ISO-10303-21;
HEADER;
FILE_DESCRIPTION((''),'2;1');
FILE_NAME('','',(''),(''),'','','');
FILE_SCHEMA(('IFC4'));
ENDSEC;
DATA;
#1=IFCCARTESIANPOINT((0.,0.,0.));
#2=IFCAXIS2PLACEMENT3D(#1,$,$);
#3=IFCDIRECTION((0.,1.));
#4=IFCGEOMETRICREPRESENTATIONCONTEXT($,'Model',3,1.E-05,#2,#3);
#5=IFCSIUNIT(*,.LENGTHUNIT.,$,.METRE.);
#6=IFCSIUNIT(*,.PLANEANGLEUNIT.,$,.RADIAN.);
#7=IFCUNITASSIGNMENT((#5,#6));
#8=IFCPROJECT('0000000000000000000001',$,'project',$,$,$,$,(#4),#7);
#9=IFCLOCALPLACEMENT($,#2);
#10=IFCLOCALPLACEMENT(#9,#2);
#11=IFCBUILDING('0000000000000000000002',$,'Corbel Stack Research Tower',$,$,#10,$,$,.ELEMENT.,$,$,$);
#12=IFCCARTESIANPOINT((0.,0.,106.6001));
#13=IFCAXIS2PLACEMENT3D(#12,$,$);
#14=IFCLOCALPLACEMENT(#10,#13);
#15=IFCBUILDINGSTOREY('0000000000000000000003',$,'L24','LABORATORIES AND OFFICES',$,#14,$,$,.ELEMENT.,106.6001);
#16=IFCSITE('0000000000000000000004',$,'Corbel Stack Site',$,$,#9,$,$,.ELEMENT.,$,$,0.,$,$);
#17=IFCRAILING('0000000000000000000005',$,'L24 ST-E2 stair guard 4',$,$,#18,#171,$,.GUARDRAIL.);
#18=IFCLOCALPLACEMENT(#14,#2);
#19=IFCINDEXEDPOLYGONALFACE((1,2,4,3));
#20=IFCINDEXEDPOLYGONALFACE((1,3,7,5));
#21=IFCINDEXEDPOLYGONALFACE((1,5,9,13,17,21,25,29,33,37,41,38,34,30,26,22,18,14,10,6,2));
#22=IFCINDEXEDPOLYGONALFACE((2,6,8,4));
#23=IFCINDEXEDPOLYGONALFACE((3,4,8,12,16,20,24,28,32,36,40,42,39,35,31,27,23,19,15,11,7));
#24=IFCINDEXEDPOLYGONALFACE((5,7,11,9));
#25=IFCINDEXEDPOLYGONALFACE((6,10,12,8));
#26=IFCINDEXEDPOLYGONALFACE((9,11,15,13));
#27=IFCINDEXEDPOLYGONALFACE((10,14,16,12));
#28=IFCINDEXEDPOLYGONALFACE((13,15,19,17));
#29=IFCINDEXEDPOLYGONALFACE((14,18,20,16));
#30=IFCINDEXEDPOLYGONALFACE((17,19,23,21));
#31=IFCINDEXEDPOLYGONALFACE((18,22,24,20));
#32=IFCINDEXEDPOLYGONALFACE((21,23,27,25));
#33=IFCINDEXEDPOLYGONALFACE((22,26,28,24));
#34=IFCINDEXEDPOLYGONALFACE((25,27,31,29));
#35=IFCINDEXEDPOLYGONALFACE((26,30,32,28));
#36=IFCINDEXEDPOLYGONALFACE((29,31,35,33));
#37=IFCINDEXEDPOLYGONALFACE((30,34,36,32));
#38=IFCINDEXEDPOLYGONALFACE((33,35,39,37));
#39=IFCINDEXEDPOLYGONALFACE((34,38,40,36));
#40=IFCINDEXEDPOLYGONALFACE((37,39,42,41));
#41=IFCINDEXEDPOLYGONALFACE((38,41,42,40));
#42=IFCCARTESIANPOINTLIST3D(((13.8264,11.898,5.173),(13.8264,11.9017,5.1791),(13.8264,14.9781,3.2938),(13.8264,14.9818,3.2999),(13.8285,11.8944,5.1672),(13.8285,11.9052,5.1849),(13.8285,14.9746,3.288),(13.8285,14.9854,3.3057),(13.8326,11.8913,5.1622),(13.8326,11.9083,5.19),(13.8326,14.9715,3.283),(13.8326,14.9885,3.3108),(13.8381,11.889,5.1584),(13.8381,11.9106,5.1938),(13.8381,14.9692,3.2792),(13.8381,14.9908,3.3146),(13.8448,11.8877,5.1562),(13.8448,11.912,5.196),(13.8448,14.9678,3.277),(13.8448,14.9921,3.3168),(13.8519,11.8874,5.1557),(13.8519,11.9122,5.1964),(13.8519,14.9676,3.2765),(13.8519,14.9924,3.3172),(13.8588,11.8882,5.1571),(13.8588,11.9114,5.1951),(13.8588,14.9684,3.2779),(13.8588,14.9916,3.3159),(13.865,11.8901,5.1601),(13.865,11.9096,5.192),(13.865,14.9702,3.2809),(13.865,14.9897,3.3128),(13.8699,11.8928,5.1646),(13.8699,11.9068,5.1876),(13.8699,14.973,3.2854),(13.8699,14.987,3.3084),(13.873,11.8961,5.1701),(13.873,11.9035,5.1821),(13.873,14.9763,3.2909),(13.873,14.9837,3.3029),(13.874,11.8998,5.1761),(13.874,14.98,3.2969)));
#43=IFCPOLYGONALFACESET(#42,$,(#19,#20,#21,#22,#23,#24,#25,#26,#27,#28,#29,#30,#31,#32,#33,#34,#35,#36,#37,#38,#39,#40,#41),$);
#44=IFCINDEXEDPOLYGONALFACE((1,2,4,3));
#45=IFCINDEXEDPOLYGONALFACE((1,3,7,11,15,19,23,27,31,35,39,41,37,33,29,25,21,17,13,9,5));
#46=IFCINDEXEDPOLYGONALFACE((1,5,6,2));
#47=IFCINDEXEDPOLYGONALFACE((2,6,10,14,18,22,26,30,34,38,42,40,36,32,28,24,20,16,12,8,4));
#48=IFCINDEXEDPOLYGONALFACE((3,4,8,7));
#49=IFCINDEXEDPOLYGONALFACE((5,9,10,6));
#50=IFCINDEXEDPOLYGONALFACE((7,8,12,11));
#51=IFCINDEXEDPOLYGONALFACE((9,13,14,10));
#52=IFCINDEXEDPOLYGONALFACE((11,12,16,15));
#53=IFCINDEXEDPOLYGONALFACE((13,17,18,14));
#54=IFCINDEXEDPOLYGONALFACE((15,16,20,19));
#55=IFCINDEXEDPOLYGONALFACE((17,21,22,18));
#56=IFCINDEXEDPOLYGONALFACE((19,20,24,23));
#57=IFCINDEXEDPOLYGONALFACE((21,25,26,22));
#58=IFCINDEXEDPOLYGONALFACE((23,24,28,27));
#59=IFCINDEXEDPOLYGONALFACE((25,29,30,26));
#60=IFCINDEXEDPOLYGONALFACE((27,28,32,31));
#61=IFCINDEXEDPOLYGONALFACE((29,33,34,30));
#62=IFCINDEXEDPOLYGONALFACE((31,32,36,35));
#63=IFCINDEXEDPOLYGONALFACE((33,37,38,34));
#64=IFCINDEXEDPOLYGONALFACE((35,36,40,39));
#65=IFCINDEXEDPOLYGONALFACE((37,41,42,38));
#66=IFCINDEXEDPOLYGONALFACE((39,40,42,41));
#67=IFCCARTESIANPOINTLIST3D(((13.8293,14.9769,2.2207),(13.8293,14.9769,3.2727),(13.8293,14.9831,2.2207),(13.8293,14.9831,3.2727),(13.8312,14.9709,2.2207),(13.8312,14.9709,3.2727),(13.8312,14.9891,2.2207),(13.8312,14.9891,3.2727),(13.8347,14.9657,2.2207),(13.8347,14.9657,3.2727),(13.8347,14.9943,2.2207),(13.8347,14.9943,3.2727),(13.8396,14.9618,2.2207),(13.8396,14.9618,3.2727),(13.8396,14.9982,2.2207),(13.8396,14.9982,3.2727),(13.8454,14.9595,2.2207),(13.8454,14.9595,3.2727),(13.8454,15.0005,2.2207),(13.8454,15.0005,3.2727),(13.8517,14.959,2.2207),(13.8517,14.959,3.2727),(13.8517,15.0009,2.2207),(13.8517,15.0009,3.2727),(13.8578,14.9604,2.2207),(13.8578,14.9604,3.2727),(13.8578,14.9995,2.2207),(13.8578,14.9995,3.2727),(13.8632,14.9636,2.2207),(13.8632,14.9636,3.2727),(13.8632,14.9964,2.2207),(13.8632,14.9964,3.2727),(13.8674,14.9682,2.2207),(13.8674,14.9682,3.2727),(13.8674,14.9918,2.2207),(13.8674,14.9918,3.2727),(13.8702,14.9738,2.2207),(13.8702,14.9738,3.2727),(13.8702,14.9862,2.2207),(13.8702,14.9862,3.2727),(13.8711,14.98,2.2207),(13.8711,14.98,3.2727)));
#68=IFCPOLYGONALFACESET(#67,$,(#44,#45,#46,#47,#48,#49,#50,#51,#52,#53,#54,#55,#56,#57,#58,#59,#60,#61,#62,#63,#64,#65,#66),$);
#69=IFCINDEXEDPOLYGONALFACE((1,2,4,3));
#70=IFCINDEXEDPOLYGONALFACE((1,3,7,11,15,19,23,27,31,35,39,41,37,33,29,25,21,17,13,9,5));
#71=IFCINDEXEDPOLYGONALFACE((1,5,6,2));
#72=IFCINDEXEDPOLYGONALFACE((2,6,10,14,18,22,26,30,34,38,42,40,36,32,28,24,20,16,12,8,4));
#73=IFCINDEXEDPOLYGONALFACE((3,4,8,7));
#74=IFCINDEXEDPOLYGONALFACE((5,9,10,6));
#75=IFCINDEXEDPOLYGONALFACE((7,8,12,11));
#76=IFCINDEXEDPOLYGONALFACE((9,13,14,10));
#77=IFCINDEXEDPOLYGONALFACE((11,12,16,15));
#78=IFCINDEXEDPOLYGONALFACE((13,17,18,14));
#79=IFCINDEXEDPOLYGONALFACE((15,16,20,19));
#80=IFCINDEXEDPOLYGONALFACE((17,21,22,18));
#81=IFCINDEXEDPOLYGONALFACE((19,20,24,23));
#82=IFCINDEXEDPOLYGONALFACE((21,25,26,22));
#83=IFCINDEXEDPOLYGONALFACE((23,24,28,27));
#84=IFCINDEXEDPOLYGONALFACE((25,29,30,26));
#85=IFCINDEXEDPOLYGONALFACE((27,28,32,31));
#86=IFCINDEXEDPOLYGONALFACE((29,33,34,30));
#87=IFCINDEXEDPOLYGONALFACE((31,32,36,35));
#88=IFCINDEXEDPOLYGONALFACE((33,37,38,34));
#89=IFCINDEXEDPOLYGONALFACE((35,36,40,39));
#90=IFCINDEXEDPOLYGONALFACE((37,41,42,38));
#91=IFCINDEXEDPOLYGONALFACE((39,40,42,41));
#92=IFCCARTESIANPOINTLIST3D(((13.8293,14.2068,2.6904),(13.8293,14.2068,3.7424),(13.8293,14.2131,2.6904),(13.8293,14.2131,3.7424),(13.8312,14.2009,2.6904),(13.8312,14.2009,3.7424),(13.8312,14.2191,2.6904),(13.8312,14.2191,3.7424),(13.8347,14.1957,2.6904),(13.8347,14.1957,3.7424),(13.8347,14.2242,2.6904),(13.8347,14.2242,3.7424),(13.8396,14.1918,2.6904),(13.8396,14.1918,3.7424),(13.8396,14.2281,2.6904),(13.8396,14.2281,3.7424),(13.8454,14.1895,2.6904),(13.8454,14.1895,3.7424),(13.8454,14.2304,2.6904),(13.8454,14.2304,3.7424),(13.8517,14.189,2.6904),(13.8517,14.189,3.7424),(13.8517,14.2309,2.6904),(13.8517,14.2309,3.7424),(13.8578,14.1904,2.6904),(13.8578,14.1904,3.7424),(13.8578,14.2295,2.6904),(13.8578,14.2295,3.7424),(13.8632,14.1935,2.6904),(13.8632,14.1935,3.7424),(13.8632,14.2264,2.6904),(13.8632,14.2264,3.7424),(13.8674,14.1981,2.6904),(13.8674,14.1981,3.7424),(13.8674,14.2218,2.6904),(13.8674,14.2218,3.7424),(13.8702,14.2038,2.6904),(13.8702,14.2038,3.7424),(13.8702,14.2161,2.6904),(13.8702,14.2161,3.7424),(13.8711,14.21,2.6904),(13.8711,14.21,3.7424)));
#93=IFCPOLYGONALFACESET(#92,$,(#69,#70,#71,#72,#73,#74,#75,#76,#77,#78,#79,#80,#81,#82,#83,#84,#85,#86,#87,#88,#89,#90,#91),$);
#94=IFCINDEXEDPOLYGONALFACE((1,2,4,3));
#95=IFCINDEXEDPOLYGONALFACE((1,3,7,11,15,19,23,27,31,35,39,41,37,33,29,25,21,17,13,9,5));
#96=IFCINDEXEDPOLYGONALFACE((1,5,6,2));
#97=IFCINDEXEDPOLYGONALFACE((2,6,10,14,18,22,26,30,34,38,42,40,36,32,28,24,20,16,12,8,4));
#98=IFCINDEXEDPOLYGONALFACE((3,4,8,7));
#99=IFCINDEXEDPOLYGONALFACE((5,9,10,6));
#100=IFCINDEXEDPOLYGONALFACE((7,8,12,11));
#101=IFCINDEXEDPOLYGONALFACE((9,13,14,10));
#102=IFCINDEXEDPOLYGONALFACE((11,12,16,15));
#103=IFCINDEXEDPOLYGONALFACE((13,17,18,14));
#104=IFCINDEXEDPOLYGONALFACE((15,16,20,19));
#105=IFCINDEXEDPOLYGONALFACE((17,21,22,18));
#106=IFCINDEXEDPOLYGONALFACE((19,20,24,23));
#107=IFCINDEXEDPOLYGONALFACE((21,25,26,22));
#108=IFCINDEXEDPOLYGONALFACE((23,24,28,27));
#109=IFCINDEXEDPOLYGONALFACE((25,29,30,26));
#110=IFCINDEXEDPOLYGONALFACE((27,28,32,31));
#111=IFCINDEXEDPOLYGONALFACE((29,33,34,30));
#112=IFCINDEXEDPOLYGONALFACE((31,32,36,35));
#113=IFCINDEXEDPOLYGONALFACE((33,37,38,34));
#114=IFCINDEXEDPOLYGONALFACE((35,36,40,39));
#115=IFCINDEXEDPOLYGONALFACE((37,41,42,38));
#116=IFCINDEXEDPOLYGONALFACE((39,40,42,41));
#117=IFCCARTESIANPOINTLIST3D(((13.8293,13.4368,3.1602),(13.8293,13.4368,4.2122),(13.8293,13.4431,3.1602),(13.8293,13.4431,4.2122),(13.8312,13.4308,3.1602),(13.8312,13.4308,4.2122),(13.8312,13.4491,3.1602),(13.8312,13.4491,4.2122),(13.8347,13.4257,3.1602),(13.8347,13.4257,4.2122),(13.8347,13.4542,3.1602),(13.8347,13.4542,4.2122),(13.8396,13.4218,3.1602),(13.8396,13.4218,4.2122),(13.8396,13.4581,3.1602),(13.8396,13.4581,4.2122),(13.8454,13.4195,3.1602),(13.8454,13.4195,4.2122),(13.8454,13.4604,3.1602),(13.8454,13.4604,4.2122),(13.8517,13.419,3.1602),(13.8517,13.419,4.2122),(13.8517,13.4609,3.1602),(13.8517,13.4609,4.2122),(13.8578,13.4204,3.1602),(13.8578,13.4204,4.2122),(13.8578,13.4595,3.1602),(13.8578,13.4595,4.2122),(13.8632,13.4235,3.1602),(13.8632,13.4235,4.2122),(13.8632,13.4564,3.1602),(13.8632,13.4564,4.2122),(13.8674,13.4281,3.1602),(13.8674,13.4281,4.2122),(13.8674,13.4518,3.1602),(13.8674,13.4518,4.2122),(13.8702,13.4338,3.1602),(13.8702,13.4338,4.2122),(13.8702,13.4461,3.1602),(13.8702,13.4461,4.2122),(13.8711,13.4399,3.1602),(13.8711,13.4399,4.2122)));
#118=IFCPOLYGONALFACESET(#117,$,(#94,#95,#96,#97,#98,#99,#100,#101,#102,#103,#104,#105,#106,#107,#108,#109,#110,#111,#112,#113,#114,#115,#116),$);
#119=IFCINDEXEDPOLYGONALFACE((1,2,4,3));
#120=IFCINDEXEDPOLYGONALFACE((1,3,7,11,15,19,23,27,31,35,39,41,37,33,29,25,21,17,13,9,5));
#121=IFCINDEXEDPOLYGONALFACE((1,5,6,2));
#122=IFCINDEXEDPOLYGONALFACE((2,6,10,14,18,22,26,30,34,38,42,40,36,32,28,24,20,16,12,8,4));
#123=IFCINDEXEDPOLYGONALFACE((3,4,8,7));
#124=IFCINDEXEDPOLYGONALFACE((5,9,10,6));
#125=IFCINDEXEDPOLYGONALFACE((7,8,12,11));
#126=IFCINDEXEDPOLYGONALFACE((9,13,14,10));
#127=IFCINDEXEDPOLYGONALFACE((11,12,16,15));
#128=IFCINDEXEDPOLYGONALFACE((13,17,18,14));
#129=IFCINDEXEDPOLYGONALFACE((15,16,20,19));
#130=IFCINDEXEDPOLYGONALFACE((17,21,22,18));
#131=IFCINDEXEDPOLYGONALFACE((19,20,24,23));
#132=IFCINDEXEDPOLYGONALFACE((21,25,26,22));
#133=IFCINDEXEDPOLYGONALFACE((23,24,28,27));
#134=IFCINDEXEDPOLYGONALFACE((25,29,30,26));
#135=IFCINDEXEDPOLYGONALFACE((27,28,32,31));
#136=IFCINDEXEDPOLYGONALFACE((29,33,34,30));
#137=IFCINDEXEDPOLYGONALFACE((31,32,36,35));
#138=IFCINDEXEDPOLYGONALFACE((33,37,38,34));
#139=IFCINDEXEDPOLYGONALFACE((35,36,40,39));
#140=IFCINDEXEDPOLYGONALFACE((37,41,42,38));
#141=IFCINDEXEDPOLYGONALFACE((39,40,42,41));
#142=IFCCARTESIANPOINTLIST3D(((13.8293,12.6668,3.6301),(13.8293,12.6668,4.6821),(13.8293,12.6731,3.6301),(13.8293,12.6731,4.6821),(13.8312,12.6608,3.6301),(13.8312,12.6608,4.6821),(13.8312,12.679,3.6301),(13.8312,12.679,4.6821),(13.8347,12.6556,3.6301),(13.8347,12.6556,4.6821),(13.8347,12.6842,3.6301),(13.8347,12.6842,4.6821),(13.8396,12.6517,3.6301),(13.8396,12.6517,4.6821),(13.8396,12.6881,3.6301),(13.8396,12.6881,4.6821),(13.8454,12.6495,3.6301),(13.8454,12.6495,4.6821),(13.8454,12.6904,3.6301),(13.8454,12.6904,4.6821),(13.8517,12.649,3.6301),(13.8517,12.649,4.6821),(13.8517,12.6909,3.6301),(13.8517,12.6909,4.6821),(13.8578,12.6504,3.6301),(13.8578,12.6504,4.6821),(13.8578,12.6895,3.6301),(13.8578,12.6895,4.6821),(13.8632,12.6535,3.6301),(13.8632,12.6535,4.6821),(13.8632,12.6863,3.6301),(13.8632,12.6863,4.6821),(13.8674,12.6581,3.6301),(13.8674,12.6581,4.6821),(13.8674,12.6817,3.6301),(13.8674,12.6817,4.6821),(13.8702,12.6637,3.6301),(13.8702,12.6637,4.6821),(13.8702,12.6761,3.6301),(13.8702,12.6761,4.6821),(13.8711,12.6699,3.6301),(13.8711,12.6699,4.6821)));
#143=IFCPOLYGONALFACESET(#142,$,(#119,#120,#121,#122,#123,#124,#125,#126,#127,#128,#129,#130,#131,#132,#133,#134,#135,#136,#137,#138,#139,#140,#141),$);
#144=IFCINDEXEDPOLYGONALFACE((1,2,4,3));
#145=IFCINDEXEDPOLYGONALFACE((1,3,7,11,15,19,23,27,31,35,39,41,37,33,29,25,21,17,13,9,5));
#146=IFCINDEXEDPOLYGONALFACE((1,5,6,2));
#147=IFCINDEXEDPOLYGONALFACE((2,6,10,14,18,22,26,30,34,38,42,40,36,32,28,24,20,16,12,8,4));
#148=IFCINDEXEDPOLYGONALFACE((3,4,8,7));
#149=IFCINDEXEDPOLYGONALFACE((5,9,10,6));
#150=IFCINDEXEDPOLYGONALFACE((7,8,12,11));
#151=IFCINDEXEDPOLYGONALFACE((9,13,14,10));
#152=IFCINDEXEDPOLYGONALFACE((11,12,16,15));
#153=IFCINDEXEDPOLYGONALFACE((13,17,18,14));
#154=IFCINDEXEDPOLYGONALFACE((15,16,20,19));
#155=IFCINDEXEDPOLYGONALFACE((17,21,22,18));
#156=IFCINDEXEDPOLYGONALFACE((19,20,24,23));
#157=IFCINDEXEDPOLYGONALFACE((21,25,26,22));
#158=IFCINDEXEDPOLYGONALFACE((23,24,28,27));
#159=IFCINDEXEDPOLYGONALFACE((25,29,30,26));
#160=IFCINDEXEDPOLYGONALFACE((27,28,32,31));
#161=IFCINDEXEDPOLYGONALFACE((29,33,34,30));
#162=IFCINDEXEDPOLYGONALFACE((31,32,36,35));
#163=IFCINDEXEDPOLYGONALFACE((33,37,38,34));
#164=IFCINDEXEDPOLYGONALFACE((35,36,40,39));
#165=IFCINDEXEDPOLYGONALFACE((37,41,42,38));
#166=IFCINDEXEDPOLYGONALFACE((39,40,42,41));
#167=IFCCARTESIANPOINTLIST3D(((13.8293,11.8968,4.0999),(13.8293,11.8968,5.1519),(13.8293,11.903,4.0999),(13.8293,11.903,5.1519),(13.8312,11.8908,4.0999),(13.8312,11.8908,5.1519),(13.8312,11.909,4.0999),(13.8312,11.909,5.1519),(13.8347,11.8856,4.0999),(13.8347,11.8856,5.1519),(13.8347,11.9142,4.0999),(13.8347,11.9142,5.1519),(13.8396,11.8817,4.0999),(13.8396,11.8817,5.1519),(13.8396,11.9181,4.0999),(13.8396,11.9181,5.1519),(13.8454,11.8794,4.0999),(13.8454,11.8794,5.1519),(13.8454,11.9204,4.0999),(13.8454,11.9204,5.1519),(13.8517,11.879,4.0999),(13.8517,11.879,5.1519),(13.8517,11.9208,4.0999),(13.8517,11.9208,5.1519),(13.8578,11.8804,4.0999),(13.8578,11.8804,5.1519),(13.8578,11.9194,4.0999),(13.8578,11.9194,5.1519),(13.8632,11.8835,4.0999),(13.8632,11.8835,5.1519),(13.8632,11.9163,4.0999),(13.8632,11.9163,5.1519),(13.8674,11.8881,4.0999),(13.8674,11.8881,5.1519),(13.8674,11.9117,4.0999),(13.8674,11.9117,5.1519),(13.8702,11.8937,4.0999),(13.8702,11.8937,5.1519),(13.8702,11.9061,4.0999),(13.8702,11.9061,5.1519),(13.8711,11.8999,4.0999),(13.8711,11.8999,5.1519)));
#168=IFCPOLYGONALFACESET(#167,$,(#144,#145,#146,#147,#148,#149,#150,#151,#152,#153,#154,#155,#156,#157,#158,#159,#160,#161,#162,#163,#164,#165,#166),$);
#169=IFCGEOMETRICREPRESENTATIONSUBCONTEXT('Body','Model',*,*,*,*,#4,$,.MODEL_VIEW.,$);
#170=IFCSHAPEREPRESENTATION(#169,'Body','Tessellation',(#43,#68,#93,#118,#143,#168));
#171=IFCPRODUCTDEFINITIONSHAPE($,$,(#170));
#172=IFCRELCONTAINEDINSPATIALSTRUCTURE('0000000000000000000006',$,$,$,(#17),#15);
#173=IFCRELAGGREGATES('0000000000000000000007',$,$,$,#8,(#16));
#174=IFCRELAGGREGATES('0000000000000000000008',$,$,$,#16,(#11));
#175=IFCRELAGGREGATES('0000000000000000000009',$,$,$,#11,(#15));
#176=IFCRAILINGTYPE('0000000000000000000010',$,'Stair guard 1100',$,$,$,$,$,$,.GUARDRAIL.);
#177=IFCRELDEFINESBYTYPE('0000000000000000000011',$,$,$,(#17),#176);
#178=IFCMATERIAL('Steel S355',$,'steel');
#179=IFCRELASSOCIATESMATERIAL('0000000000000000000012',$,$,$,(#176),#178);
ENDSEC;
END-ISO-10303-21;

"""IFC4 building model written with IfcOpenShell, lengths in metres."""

from ifc_helpers import new_model, si_unit, direction, frame, origin, origin_2d, place, context, subcontext, project, spatial, circle, extrude, material, type_object, element, save


model = new_model("IFC4")

# Units and contexts
model_context = context("Model", 3, precision=1e-05, world=origin(), true_north=direction((0.0, 1.0)))
body_context = subcontext(model_context, "Body", "Model", "MODEL_VIEW")
ifc_project = project(units=[si_unit("LENGTHUNIT", "METRE"), si_unit("PLANEANGLEUNIT", "RADIAN")], contexts=[model_context])

# Site, building, storey
site_placement = place(None, origin())
site = spatial("IfcSite", under=ifc_project, at=site_placement, Name="Corbel Stack Site", CompositionType="ELEMENT", RefElevation=0.0)
building_placement = place(site_placement, origin())
building = spatial("IfcBuilding", under=site, at=building_placement, Name="Corbel Stack Research Tower", CompositionType="ELEMENT")
storey_placement = place(building_placement, frame((0.0, 0.0, 106.6001)))
storey = spatial("IfcBuildingStorey", under=building, at=storey_placement, Name="L24", Description="LABORATORIES AND OFFICES", CompositionType="ELEMENT", Elevation=106.6001)

# Railing
ifc_material_1 = material(Name="Steel S355", Category="steel")
railing_type_1 = type_object("IfcRailingType", Name="Stair guard 1100", PredefinedType="GUARDRAIL", material=ifc_material_1)
railing_1_placement = place(storey_placement, frame((13.8501, 14.98, 2.2207)))
element("IfcRailing", 1, at=railing_1_placement, inside=storey, type_object=railing_type_1, Name="L24 ST-E2 stair guard 4", PredefinedType="GUARDRAIL", context=body_context, shape_type="SweptSolid", body=[
    extrude(circle(Radius=0.0239, at=origin_2d()), frame((0.0, 0.0, 1.0762), z_axis=(0.0, -0.853666, 0.52082), x_axis=(1.0, 0.0, 0.0)), (0.0, 0.0, 1.0), 3.6082),
    extrude(circle(Radius=0.021, at=origin_2d()), origin(), (0.0, 0.0, 1.0), 1.052),
    extrude(circle(Radius=0.021, at=origin_2d()), frame((0.0, -0.77, 0.4697)), (0.0, 0.0, 1.0), 1.052),
    extrude(circle(Radius=0.021, at=origin_2d()), frame((0.0, -1.54, 0.9395)), (0.0, 0.0, 1.0), 1.052),
    extrude(circle(Radius=0.021, at=origin_2d()), frame((0.0, -2.3101, 1.4094)), (0.0, 0.0, 1.0), 1.052),
    extrude(circle(Radius=0.021, at=origin_2d()), frame((0.0, -3.0801, 1.8792)), (0.0, 0.0, 1.0), 1.052),
])

save(model, "model.ifc")
